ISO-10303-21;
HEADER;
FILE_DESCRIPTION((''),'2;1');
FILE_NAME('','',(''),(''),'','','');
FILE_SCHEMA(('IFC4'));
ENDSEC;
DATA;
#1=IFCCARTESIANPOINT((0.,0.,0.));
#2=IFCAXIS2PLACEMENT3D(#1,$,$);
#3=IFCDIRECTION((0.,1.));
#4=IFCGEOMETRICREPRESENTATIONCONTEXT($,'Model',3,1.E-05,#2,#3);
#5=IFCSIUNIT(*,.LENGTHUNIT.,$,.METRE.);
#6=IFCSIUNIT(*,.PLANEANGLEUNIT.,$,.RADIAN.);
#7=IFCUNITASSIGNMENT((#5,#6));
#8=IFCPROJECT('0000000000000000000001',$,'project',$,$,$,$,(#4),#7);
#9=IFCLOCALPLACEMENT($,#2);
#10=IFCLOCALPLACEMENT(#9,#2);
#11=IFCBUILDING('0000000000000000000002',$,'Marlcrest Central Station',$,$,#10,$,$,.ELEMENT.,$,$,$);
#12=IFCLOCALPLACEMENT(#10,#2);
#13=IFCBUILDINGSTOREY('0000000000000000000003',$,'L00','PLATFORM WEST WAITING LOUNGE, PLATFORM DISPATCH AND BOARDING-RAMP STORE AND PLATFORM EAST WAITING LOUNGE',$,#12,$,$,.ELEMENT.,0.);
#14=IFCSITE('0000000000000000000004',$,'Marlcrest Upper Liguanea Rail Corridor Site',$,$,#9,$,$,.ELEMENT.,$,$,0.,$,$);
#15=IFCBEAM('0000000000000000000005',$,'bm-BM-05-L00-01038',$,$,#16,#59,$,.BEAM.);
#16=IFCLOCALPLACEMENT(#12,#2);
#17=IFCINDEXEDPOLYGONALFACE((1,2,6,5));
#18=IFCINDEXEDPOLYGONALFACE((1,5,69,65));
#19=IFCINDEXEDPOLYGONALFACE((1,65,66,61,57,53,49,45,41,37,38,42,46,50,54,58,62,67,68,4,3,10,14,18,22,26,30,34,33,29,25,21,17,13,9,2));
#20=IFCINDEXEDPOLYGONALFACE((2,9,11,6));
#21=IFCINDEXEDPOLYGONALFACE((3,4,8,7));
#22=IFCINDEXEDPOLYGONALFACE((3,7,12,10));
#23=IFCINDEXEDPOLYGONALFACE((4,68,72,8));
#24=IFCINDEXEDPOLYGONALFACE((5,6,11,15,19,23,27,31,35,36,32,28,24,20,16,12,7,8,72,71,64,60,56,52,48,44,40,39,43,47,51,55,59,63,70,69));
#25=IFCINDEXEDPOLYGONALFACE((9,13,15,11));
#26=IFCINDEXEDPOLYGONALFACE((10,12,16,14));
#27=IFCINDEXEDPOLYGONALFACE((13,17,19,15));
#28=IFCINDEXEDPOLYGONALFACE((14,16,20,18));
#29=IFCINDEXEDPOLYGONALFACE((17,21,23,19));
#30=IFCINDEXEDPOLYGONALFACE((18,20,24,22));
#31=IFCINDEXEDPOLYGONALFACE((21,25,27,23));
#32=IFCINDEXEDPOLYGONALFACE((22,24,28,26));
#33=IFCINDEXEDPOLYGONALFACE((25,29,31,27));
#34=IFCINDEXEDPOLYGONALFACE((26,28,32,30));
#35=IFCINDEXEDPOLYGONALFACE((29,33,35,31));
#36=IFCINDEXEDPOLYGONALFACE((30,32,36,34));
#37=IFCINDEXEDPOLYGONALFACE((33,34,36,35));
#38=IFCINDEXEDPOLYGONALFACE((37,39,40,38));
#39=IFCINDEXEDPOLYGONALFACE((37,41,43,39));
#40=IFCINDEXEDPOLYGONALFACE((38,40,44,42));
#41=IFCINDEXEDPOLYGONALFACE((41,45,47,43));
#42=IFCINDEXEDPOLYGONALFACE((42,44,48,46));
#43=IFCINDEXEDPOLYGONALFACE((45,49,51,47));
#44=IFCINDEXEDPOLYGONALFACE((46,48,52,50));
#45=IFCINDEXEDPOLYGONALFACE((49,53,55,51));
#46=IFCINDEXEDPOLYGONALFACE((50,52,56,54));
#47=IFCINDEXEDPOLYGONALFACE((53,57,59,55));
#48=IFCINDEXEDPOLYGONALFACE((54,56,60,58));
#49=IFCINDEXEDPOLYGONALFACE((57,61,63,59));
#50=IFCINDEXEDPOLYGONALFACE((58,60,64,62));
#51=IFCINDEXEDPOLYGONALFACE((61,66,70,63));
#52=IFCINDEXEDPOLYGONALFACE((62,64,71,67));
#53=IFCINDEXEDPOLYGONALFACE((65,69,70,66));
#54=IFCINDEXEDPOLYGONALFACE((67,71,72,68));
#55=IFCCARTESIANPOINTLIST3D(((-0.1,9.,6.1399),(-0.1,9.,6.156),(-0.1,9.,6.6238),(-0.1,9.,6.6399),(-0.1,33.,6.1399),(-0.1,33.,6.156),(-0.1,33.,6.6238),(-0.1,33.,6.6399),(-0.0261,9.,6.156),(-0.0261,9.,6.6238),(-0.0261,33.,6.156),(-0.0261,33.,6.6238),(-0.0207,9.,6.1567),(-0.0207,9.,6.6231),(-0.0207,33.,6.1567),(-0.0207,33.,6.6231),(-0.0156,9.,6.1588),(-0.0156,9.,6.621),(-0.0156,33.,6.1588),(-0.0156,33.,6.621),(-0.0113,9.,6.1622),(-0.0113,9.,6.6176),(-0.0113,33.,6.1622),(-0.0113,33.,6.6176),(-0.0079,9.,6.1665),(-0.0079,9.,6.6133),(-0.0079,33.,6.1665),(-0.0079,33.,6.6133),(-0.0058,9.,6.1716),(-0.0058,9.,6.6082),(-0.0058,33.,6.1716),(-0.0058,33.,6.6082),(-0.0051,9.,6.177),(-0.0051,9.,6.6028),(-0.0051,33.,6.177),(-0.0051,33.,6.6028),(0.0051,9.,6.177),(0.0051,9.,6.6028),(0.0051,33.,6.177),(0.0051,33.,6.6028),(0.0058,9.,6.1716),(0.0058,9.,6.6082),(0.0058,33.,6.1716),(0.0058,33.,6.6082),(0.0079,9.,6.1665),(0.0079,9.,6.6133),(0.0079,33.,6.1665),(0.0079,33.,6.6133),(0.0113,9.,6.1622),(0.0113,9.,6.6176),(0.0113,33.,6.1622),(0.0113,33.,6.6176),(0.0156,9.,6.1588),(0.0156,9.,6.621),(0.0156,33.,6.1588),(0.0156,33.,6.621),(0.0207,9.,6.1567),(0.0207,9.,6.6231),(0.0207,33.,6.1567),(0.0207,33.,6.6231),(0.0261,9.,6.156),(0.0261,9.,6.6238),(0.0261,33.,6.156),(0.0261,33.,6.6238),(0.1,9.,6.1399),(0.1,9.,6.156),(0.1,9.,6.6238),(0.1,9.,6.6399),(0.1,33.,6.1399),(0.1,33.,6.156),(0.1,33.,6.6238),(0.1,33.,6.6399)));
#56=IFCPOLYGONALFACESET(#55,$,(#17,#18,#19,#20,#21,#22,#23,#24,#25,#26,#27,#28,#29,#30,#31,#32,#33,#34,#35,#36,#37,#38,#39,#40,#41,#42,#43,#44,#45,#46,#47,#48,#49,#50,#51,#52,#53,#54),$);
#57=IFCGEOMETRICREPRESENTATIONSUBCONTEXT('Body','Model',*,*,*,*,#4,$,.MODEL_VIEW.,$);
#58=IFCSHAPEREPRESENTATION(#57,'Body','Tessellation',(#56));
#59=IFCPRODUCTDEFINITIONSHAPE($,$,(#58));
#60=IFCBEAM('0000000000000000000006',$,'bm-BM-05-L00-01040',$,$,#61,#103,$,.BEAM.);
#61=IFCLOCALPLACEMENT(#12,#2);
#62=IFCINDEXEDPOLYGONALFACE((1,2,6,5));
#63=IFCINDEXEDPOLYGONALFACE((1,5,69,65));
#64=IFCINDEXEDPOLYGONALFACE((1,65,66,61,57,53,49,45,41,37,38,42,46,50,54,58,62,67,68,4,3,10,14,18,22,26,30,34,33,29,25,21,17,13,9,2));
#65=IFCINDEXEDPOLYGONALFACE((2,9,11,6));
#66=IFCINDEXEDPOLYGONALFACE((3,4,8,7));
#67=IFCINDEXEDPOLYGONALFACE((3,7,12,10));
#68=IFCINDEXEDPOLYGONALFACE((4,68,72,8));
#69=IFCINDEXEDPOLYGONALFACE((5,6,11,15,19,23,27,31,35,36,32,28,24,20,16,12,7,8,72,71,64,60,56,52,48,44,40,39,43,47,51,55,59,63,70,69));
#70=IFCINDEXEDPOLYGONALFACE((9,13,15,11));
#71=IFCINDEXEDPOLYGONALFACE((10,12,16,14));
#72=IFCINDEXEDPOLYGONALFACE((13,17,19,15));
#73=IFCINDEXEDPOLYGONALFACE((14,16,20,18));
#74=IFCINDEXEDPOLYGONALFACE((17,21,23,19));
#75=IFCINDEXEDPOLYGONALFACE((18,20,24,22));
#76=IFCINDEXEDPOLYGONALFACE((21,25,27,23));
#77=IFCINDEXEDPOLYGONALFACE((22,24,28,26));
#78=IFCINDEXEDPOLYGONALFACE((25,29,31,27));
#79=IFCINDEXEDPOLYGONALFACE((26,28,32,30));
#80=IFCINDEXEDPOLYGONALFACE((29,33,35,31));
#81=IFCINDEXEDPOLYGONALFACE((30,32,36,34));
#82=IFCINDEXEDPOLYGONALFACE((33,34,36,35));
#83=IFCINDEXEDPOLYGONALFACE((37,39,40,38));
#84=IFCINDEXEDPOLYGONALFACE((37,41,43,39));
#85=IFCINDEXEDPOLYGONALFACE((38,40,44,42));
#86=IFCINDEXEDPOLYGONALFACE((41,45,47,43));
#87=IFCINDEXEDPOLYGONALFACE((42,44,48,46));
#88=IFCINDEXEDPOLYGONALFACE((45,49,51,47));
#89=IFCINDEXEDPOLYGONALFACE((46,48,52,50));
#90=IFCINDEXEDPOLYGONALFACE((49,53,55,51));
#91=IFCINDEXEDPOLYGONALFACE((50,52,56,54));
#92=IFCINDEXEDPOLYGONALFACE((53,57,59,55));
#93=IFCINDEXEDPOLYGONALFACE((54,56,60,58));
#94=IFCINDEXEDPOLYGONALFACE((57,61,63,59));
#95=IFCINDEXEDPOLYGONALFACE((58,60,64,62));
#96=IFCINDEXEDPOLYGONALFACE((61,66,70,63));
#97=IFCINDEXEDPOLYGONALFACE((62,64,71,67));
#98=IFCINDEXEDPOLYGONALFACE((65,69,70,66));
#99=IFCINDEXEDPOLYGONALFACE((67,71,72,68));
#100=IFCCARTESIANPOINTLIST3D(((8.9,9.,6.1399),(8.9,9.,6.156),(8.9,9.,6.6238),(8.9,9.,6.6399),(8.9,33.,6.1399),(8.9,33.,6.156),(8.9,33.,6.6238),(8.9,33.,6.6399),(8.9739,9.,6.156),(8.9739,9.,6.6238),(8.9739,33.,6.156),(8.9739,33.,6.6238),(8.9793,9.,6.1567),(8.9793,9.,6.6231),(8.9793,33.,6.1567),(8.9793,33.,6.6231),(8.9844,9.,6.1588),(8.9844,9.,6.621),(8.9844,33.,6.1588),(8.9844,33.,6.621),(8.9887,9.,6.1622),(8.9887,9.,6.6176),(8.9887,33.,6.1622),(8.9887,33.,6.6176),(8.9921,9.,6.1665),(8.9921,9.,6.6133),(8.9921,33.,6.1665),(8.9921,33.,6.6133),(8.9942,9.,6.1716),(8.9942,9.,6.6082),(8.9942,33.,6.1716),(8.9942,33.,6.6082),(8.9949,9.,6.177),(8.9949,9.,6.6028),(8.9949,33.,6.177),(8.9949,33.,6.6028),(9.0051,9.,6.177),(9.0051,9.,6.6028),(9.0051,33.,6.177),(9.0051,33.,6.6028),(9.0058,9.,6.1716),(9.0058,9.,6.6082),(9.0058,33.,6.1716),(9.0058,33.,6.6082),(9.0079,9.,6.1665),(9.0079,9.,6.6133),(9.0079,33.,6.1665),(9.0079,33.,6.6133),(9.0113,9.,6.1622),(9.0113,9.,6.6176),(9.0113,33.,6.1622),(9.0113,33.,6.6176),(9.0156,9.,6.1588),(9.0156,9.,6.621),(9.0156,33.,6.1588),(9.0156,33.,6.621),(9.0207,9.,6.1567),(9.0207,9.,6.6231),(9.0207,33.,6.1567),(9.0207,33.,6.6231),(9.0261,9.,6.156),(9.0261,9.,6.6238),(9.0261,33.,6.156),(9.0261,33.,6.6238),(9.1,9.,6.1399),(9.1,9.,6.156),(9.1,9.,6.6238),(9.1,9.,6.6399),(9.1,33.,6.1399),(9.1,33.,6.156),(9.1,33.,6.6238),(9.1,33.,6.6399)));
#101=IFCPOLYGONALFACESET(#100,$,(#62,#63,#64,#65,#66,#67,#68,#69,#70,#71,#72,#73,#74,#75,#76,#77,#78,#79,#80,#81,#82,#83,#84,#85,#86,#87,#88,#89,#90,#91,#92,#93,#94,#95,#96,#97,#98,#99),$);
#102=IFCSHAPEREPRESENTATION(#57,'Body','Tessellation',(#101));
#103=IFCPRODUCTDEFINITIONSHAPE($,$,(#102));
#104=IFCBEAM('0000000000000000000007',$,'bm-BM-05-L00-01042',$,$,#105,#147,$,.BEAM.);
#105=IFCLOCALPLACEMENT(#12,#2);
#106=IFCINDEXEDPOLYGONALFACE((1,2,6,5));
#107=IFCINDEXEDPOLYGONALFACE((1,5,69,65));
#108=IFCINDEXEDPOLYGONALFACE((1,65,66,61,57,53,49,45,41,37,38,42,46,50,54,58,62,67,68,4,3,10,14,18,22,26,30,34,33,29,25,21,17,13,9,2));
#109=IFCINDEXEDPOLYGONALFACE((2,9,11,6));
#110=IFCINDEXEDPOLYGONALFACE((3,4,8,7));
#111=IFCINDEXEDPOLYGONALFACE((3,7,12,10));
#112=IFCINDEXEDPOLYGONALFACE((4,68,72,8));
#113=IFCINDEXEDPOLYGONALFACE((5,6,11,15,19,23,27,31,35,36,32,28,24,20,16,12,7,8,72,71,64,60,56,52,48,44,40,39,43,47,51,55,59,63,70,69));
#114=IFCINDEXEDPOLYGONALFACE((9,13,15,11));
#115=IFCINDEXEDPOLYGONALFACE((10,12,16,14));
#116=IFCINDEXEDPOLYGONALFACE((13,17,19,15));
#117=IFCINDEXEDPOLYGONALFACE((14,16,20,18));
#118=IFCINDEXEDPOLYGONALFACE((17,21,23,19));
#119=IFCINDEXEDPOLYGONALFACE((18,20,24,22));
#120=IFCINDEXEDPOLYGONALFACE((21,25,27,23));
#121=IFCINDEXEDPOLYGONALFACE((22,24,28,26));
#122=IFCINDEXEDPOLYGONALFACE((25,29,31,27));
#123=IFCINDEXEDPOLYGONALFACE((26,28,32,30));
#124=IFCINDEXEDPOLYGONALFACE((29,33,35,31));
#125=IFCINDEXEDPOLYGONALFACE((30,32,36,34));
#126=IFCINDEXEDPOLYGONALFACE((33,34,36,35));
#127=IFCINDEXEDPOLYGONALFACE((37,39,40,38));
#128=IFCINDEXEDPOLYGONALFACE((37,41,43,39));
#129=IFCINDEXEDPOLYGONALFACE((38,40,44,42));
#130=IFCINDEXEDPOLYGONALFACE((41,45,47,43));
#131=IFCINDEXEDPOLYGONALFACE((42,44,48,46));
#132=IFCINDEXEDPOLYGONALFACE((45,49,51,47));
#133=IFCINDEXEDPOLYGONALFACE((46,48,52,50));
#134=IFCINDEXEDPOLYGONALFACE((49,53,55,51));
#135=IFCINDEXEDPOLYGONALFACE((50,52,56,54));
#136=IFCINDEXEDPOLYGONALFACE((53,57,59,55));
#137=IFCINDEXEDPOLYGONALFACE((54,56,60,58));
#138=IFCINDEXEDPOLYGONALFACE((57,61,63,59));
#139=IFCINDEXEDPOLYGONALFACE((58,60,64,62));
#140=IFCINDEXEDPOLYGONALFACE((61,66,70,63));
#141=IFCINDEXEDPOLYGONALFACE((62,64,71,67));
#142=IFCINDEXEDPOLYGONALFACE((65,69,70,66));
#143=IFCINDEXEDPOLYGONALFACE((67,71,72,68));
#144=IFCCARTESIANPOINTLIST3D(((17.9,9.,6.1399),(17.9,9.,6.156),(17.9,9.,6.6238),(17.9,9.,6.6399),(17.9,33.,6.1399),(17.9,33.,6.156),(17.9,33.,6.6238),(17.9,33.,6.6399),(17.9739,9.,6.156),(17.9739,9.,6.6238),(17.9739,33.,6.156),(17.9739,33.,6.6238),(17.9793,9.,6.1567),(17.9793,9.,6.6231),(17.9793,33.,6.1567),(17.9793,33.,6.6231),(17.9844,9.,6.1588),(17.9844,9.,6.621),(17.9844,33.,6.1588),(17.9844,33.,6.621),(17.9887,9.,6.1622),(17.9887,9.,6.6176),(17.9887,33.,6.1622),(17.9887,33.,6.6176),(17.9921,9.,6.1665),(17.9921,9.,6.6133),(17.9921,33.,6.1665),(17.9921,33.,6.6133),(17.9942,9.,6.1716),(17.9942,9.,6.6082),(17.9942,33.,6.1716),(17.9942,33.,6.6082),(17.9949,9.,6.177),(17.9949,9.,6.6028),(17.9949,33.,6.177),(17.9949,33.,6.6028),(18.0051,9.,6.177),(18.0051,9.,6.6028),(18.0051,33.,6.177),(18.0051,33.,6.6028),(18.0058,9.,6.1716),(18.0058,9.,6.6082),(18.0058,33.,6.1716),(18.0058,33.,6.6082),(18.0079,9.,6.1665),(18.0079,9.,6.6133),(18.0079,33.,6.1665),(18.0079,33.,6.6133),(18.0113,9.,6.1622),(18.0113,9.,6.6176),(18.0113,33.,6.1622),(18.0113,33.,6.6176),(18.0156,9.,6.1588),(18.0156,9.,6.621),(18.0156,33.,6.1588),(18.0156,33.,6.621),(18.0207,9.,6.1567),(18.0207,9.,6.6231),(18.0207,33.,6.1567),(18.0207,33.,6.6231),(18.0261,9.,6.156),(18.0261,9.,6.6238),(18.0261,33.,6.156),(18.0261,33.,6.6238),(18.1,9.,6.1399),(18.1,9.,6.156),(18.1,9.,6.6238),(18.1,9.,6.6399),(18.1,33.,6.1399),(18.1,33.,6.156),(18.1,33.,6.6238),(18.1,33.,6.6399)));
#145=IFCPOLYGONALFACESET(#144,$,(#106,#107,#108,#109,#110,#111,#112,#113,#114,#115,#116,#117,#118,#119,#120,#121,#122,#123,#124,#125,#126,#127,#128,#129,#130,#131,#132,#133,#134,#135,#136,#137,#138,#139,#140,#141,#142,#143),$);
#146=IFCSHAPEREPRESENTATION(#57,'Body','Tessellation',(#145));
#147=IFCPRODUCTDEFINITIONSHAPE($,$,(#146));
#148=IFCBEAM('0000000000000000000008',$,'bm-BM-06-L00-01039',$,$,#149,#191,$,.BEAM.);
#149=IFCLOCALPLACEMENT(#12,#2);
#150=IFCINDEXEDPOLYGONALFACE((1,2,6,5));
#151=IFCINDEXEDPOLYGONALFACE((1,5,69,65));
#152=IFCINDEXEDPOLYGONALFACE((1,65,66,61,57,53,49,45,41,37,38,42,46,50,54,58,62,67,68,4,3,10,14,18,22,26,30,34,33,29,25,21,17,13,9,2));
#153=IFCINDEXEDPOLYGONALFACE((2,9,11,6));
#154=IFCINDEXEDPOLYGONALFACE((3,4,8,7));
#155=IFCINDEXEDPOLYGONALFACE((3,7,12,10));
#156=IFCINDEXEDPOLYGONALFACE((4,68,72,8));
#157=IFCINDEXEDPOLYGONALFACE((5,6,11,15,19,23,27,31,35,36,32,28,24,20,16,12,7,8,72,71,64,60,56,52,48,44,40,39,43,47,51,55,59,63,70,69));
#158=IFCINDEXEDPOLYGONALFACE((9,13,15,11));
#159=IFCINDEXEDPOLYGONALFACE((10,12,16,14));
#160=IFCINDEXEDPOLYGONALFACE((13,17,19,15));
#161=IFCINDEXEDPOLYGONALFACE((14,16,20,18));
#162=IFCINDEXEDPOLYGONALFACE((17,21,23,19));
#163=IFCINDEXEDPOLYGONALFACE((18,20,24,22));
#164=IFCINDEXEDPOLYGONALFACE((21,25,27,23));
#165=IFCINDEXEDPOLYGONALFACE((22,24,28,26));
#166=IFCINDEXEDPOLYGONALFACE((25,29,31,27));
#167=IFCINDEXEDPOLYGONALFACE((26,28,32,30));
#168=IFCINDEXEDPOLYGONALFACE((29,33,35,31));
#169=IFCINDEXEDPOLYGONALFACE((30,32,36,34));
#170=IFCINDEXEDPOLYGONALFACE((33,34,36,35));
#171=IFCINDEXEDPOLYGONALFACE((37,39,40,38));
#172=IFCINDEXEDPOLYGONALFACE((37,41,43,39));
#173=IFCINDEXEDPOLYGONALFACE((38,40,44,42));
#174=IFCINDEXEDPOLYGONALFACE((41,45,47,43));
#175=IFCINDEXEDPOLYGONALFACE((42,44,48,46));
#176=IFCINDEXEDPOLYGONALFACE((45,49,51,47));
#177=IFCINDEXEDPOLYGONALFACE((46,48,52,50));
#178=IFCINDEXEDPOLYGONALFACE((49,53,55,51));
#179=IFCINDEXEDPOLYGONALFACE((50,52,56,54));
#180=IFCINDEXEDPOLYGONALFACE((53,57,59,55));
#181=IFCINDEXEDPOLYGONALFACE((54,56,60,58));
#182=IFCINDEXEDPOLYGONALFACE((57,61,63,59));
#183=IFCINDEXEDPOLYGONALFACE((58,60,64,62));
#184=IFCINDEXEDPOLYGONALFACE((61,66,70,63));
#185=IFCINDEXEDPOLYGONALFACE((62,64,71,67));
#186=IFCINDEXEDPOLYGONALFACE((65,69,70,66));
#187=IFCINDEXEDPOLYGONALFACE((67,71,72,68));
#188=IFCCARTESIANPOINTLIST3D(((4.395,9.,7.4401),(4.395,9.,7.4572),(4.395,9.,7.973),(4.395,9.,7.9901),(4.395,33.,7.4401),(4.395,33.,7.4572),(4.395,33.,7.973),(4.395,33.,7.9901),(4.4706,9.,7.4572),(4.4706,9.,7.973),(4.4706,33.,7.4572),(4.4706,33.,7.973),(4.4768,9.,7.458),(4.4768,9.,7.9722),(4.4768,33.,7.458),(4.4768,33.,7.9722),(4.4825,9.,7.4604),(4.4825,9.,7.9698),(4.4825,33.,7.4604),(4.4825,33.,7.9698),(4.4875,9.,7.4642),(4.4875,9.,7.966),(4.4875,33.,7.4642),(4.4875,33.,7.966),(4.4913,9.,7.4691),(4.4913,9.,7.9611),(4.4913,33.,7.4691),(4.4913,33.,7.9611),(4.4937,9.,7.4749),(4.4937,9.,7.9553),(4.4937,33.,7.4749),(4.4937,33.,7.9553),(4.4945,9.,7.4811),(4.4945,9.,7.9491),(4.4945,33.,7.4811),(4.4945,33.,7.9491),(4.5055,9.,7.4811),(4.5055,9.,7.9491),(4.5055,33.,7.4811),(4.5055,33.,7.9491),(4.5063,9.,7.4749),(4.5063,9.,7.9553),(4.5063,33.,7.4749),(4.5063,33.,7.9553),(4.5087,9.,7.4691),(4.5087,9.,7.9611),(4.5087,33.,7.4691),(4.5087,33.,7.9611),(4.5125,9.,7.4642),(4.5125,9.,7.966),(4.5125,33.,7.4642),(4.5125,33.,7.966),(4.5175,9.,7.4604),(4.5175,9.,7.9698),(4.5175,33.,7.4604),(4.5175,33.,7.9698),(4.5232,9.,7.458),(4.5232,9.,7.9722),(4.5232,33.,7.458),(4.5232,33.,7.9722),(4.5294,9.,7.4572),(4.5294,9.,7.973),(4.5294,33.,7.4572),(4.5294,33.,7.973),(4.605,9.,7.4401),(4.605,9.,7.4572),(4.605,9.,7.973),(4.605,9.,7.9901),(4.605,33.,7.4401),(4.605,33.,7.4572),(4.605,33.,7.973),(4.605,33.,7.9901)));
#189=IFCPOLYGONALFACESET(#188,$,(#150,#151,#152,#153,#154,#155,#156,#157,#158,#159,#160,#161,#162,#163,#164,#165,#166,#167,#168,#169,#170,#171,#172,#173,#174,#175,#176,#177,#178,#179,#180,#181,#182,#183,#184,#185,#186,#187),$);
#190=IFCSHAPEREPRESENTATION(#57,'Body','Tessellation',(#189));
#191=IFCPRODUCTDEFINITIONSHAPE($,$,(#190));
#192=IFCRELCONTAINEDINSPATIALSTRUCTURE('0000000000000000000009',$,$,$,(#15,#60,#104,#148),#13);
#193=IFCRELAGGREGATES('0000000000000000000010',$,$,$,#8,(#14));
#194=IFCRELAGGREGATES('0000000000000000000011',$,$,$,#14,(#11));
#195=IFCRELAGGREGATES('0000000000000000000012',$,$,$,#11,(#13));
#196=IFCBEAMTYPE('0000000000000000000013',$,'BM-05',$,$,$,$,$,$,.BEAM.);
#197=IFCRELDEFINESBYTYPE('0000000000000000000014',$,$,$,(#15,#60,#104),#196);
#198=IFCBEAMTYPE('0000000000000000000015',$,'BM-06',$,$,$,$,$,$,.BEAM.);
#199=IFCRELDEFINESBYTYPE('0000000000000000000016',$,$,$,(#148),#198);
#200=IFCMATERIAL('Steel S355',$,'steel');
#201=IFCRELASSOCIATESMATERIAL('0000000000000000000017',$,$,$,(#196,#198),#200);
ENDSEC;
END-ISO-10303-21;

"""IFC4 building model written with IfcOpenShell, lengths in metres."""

from ifc_helpers import new_model, si_unit, direction, frame, origin, origin_2d, place, context, subcontext, project, spatial, i_section, extrude, material, material_profile, profile_set, type_object, element, save


model = new_model("IFC4")

# Units and contexts
model_context = context("Model", 3, precision=1e-05, world=origin(), true_north=direction((0.0, 1.0)))
body_context = subcontext(model_context, "Body", "Model", "MODEL_VIEW")
ifc_project = project(units=[si_unit("LENGTHUNIT", "METRE"), si_unit("PLANEANGLEUNIT", "RADIAN")], contexts=[model_context])

# Site, building, storey
site_placement = place(None, origin())
site = spatial("IfcSite", under=ifc_project, at=site_placement, Name="Marlcrest Upper Liguanea Rail Corridor Site", CompositionType="ELEMENT", RefElevation=0.0)
building_placement = place(site_placement, origin())
building = spatial("IfcBuilding", under=site, at=building_placement, Name="Marlcrest Central Station", CompositionType="ELEMENT")
storey_placement = place(building_placement, origin())
storey = spatial("IfcBuildingStorey", under=building, at=storey_placement, Name="L00", Description="PLATFORM WEST WAITING LOUNGE, PLATFORM DISPATCH AND BOARDING-RAMP STORE AND PLATFORM EAST WAITING LOUNGE", CompositionType="ELEMENT", Elevation=0.0)

# Beams
ifc_material_1 = material(Name="Steel S355", Category="steel")
ifc_material_profile_1 = material_profile(ifc_material_1, i_section(OverallWidth=0.2, OverallDepth=0.5, WebThickness=0.0103, FlangeThickness=0.0161, FilletRadius=0.021, at=origin_2d()), Name="IPE 500")
ifc_profile_set_1 = profile_set([ifc_material_profile_1], Name="Steel S355")
beam_type_1 = type_object("IfcBeamType", Name="BM-05", PredefinedType="BEAM", material=ifc_profile_set_1)
for number, where, z_axis, x_axis, name in (
    (1, (0.0, 9.0, 6.3899), (0.0, 1.0, 0.0), (-1.0, 0.0, 0.0), "bm-BM-05-L00-01038"),
    (2, (9.0, 9.0, 6.3899), (0.0, 1.0, 0.0), (-1.0, 0.0, 0.0), "bm-BM-05-L00-01040"),
    (3, (18.0, 9.0, 6.3899), (0.0, 1.0, 0.0), (-1.0, 0.0, 0.0), "bm-BM-05-L00-01042"),
):
    element("IfcBeam", number, at=place(storey_placement, frame(where, z_axis=z_axis, x_axis=x_axis)), inside=storey, type_object=beam_type_1, Name=name, PredefinedType="BEAM", context=body_context, shape_type="SweptSolid", body=[
        extrude(i_section(OverallWidth=0.2, OverallDepth=0.5, WebThickness=0.0103, FlangeThickness=0.0161, FilletRadius=0.021, at=origin_2d()), origin(), (0.0, 0.0, 1.0), 24.0),
    ])
ifc_material_profile_2 = material_profile(ifc_material_1, i_section(OverallWidth=0.21, OverallDepth=0.55, WebThickness=0.011, FlangeThickness=0.0171, FilletRadius=0.0239, at=origin_2d()), Name="IPE 550")
ifc_profile_set_2 = profile_set([ifc_material_profile_2], Name="Steel S355")
beam_type_2 = type_object("IfcBeamType", Name="BM-06", PredefinedType="BEAM", material=ifc_profile_set_2)
for number, where, z_axis, x_axis, name in (
    (4, (4.5, 9.0, 7.7151), (0.0, 1.0, 0.0), (-1.0, 0.0, 0.0), "bm-BM-06-L00-01039"),
):
    element("IfcBeam", number, at=place(storey_placement, frame(where, z_axis=z_axis, x_axis=x_axis)), inside=storey, type_object=beam_type_2, Name=name, PredefinedType="BEAM", context=body_context, shape_type="SweptSolid", body=[
        extrude(i_section(OverallWidth=0.21, OverallDepth=0.55, WebThickness=0.011, FlangeThickness=0.0171, FilletRadius=0.0239, at=origin_2d()), origin(), (0.0, 0.0, 1.0), 24.0),
    ])

save(model, "model.ifc")
